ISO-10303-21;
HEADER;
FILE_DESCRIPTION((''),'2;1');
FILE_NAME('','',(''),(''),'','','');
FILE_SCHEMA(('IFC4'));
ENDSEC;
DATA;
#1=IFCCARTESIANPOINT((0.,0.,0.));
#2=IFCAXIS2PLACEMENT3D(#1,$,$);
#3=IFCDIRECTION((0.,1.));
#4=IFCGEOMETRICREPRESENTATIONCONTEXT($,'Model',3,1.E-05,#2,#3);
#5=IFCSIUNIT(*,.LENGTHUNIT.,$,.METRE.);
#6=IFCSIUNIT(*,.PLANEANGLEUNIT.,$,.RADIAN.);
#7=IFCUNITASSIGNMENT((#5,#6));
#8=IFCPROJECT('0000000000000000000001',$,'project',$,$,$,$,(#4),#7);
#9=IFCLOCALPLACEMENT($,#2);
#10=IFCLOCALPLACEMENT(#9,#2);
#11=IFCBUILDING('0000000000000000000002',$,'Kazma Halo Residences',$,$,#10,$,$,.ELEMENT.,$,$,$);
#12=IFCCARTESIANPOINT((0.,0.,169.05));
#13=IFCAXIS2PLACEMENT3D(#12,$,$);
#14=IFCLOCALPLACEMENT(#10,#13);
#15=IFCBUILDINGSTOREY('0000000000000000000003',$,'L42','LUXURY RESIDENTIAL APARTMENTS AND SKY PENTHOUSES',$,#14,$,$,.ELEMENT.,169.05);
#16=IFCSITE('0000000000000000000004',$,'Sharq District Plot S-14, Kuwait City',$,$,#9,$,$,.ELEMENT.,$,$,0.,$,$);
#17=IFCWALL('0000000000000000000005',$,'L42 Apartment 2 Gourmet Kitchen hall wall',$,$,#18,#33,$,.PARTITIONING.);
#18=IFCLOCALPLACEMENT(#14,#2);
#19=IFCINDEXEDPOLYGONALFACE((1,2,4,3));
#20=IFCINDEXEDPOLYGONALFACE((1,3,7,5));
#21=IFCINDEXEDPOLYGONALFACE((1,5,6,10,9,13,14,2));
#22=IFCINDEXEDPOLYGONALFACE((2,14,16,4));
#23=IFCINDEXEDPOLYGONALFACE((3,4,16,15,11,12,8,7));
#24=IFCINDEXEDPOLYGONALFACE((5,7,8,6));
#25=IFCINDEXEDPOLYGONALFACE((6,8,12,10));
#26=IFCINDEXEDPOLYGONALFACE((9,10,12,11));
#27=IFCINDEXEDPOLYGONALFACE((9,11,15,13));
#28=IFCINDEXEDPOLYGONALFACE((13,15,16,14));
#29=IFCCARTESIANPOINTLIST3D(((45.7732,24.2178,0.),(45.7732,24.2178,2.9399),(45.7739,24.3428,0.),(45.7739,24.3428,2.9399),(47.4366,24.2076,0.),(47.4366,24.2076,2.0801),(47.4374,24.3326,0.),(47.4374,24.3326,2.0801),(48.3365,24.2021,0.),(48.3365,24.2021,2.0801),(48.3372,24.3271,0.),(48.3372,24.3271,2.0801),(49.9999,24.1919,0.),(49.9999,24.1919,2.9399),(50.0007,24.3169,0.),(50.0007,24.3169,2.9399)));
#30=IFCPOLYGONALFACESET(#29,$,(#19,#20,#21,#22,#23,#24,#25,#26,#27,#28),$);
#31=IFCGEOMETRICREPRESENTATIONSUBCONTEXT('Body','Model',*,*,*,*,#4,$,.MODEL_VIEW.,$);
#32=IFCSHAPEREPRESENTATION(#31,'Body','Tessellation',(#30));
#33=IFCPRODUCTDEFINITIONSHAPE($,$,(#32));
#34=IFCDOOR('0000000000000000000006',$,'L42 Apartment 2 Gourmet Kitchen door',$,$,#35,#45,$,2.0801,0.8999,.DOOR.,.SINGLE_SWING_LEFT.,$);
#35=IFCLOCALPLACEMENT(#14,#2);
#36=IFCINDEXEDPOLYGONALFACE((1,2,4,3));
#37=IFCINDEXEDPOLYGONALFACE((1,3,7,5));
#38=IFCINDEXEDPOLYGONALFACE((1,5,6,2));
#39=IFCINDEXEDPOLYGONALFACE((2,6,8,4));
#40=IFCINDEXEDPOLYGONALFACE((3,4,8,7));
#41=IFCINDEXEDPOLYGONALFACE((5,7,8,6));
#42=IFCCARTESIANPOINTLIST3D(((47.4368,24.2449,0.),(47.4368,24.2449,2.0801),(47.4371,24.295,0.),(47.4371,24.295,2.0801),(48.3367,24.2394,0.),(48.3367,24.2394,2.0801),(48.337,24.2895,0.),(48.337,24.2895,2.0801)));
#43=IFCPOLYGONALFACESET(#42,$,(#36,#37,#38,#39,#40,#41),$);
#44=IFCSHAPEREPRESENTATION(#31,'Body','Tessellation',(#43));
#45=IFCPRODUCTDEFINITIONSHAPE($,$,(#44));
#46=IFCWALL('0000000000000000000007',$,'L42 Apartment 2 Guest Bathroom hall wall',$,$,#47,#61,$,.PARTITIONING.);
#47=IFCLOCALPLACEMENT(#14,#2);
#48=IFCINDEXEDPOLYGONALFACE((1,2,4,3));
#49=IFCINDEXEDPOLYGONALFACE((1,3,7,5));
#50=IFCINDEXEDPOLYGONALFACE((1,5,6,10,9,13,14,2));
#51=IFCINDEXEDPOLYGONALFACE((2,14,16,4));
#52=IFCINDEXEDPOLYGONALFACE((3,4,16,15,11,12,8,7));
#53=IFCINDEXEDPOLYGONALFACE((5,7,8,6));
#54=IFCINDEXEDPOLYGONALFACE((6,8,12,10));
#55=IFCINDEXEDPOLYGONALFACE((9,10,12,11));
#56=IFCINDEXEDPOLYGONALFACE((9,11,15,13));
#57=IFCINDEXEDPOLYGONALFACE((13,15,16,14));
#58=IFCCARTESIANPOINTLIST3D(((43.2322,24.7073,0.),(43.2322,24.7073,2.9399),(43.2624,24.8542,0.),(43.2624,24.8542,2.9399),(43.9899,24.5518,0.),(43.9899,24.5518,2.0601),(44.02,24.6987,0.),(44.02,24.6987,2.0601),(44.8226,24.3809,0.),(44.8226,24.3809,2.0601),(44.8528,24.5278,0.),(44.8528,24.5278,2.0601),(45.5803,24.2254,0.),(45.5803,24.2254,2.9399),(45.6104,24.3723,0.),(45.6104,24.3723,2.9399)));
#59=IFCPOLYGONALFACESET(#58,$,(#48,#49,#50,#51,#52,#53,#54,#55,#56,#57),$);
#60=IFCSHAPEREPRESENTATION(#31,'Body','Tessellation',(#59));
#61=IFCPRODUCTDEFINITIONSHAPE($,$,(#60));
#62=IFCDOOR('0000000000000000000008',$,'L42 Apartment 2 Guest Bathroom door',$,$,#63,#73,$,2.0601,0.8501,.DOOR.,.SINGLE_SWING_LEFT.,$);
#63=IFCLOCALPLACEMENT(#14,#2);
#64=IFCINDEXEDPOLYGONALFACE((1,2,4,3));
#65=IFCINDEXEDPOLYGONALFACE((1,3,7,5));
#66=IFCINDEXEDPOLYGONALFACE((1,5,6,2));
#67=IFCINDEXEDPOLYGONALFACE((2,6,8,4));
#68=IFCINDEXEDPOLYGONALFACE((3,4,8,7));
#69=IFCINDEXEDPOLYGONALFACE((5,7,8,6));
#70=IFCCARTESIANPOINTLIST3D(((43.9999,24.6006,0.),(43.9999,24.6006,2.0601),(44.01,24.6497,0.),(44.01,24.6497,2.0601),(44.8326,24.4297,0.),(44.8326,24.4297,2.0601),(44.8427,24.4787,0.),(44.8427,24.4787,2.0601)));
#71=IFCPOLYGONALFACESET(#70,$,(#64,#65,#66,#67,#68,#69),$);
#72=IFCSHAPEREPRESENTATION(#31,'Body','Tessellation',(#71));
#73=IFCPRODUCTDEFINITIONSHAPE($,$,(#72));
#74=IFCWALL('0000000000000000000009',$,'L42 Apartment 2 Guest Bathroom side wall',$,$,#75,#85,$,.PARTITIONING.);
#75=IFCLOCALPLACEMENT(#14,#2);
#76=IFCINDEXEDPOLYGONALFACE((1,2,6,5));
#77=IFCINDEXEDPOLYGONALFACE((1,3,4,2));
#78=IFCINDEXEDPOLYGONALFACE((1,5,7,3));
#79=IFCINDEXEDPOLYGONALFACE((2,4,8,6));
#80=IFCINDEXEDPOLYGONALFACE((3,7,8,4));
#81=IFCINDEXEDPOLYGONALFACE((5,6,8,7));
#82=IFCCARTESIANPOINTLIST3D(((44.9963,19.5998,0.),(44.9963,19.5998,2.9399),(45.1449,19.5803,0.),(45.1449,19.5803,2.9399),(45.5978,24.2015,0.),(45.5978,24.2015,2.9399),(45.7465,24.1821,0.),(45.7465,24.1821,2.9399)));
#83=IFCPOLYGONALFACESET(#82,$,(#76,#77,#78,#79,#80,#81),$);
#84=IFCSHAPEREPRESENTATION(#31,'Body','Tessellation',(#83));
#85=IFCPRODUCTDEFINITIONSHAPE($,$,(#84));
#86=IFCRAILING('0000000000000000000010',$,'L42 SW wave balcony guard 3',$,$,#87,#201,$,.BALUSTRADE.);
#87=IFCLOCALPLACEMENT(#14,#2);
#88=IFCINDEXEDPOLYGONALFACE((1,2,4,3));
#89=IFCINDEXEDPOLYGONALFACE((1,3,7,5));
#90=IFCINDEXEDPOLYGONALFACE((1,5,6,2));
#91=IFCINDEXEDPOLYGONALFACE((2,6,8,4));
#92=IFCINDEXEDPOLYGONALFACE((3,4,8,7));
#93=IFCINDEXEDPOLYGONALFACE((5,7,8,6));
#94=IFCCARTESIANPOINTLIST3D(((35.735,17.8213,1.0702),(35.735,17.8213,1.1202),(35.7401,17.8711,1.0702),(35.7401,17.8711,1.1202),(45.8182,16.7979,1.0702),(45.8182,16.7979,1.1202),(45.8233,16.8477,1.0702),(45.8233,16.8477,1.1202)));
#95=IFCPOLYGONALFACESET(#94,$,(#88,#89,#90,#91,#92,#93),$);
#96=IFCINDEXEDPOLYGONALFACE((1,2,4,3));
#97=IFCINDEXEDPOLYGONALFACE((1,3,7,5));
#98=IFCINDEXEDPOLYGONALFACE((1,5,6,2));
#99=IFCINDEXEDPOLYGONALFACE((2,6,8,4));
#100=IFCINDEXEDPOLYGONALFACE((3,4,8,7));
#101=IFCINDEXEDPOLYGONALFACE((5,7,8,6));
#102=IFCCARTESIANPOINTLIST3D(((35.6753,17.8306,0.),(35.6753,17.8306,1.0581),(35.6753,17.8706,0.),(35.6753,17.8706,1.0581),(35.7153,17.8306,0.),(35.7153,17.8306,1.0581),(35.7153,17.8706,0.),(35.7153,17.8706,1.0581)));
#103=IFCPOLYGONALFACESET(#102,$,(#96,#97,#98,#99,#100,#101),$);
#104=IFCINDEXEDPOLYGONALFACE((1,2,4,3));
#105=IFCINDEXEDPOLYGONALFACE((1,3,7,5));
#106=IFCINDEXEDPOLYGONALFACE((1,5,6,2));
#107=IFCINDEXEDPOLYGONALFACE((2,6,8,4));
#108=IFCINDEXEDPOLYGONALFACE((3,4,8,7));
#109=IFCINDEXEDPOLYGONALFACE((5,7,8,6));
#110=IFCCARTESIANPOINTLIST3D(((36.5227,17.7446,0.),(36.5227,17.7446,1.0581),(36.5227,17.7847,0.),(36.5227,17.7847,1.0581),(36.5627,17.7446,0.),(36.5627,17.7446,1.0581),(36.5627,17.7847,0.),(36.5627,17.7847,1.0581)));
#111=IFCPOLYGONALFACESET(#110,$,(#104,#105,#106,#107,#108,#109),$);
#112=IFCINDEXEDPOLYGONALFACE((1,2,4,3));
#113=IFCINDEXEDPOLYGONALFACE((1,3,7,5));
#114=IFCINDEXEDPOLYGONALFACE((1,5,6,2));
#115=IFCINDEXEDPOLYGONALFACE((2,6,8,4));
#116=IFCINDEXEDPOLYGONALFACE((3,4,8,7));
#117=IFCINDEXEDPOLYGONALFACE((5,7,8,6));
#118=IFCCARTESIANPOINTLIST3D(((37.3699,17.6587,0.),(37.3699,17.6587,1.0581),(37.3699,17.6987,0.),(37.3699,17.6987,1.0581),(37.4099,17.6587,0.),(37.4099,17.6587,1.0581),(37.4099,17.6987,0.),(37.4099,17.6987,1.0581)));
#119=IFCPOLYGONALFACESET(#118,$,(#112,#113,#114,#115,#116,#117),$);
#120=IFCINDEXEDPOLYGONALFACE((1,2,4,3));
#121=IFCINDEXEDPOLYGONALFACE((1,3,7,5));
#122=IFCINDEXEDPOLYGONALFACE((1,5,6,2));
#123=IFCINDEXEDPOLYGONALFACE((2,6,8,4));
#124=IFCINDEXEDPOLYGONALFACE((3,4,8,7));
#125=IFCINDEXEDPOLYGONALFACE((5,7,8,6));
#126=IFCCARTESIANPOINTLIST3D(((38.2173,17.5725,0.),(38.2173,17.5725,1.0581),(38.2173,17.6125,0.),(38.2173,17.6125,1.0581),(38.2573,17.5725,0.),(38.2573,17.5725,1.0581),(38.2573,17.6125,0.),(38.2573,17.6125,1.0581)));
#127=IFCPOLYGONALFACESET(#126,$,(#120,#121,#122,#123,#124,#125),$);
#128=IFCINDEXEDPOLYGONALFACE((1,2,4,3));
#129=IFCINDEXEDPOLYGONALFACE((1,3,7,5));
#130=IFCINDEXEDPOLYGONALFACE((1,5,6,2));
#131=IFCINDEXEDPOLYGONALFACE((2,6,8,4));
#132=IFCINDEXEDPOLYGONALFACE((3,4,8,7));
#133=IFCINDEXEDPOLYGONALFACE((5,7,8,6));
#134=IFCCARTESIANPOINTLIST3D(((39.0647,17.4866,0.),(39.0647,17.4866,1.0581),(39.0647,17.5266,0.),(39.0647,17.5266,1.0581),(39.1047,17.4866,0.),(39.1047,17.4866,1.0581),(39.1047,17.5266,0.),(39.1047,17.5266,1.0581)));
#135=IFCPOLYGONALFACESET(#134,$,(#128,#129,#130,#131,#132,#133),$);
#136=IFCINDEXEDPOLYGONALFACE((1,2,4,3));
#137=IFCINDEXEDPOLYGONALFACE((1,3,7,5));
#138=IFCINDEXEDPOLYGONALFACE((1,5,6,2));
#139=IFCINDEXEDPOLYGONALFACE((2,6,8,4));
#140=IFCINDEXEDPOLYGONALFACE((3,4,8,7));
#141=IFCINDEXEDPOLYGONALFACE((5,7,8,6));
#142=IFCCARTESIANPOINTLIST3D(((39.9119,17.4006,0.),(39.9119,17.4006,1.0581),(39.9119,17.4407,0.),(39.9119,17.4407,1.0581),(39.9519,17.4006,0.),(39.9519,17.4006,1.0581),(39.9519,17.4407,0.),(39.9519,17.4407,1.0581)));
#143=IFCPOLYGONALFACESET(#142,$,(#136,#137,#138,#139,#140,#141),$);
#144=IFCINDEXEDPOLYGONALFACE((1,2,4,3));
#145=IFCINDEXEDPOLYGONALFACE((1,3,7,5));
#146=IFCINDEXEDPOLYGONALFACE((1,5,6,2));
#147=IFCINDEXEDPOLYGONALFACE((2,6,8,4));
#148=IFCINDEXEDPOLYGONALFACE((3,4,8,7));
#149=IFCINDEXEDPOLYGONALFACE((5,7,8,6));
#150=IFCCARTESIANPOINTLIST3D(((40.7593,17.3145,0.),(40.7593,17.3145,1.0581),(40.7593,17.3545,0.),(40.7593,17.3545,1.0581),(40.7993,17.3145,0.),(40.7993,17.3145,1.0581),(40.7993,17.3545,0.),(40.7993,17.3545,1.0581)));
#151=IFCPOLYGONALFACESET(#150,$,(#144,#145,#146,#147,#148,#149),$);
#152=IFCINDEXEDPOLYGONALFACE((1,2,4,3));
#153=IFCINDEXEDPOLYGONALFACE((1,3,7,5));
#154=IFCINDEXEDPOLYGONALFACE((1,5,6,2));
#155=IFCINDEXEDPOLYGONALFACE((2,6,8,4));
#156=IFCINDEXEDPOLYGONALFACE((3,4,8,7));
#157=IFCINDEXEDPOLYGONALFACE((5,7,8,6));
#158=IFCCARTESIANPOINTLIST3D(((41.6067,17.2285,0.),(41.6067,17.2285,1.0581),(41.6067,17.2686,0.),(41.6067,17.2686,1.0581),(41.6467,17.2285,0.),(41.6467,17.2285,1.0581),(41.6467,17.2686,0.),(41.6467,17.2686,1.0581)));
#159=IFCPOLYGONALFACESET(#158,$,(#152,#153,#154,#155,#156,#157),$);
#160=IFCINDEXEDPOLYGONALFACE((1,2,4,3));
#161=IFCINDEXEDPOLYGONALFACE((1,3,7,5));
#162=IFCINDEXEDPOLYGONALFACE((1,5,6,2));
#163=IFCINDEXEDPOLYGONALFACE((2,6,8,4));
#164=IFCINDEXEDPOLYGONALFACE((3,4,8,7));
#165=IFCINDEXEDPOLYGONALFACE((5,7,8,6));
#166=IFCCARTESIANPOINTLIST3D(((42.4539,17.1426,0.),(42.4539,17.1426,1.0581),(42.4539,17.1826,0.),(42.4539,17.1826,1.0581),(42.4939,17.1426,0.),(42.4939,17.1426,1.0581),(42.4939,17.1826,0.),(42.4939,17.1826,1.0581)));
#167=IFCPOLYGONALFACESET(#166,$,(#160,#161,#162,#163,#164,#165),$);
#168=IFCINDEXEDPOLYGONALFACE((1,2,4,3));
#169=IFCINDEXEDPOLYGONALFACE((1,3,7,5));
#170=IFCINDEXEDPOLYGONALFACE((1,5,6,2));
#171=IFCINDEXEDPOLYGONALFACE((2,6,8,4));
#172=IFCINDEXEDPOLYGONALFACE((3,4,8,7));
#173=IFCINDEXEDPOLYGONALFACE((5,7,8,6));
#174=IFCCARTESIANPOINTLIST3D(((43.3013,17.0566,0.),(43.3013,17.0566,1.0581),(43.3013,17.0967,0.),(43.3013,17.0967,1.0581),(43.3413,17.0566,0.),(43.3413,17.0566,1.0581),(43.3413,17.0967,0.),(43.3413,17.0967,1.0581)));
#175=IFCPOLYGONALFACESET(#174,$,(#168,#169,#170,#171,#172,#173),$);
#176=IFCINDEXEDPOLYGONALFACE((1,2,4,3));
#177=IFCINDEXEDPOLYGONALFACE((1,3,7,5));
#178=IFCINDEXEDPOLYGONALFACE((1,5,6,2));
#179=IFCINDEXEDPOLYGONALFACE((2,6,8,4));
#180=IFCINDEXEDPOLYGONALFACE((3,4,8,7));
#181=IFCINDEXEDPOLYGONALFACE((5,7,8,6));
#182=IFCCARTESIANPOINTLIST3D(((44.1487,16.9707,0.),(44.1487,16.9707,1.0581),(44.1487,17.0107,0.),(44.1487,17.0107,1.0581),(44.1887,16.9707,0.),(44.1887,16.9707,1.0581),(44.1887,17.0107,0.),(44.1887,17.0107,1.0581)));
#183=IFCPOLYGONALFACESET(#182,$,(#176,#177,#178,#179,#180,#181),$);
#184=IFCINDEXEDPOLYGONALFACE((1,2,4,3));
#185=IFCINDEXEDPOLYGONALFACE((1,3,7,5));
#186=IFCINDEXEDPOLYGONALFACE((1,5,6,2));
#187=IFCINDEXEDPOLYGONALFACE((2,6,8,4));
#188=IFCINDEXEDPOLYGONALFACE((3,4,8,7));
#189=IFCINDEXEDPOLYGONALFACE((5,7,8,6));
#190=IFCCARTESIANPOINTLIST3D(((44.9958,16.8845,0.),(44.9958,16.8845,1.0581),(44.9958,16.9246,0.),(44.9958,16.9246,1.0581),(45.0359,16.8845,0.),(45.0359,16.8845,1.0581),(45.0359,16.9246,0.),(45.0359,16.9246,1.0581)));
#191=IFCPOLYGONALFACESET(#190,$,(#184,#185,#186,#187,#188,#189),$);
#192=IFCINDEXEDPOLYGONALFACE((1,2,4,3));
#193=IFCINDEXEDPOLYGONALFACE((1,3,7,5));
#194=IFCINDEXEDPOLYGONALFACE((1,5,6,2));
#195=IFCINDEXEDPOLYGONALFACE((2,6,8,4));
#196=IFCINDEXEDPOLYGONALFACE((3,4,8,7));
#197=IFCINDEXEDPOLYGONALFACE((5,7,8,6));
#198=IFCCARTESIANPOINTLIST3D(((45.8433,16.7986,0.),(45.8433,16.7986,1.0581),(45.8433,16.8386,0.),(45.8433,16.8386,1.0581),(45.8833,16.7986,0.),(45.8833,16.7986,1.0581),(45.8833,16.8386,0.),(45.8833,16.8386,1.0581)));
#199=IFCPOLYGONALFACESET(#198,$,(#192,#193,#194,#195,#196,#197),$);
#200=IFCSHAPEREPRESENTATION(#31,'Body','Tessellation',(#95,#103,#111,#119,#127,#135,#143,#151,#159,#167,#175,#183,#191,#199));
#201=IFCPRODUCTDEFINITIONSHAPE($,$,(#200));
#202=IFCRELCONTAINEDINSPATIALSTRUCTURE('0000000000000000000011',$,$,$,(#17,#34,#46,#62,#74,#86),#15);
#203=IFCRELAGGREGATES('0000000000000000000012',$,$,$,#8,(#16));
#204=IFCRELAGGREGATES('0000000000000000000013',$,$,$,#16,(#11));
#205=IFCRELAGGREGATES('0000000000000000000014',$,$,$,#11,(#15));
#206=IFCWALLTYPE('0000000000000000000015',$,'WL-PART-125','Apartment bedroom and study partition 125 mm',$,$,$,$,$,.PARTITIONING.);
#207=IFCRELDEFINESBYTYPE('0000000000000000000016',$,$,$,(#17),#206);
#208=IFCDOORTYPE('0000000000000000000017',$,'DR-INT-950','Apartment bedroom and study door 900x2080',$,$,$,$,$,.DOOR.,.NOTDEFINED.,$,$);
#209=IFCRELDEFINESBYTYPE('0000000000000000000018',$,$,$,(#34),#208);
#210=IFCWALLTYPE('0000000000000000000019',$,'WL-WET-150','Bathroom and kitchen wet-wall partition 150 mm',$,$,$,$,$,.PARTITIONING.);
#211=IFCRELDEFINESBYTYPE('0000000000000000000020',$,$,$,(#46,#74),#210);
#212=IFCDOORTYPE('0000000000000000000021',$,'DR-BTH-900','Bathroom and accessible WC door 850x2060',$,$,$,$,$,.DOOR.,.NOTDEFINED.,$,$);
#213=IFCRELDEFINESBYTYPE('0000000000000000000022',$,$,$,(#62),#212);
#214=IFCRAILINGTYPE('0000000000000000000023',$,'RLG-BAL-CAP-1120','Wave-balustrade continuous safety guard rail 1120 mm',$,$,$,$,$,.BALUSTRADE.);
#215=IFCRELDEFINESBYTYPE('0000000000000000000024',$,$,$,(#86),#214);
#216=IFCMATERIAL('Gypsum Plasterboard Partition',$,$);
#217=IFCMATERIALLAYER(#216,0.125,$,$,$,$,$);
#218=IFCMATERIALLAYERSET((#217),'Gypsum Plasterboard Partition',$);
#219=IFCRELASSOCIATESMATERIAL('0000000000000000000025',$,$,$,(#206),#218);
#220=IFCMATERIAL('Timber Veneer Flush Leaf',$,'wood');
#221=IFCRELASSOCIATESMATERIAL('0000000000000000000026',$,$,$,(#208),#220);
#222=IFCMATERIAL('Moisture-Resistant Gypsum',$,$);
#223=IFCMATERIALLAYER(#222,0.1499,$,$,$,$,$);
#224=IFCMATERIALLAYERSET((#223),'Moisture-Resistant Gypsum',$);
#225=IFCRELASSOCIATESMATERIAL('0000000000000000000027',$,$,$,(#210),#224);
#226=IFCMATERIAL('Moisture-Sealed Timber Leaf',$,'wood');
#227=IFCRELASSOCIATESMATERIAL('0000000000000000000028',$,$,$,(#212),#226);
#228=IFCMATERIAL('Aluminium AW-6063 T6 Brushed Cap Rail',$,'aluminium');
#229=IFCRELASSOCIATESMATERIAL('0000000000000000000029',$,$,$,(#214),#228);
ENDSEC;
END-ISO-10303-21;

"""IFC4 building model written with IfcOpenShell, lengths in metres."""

from ifc_helpers import new_model, si_unit, direction, frame, frame_2d, origin, origin_2d, place, context, subcontext, project, spatial, rectangle, extrude, material, layer, layer_set, type_object, element, fill, save


model = new_model("IFC4")

# Units and contexts
model_context = context("Model", 3, precision=1e-05, world=origin(), true_north=direction((0.0, 1.0)))
body_context = subcontext(model_context, "Body", "Model", "MODEL_VIEW")
ifc_project = project(units=[si_unit("LENGTHUNIT", "METRE"), si_unit("PLANEANGLEUNIT", "RADIAN")], contexts=[model_context])

# Site, building, storey
site_placement = place(None, origin())
site = spatial("IfcSite", under=ifc_project, at=site_placement, Name="Sharq District Plot S-14, Kuwait City", CompositionType="ELEMENT", RefElevation=0.0)
building_placement = place(site_placement, origin())
building = spatial("IfcBuilding", under=site, at=building_placement, Name="Kazma Halo Residences", CompositionType="ELEMENT")
storey_placement = place(building_placement, frame((0.0, 0.0, 169.05)))
storey = spatial("IfcBuildingStorey", under=building, at=storey_placement, Name="L42", Description="LUXURY RESIDENTIAL APARTMENTS AND SKY PENTHOUSES", CompositionType="ELEMENT", Elevation=169.05)

# Shared definitions
ifc_material_1 = material(Name="Gypsum Plasterboard Partition")
ifc_layer_1 = layer(ifc_material_1, 0.125)
ifc_layer_set_1 = layer_set([ifc_layer_1], Name="Gypsum Plasterboard Partition")
wall_type_1 = type_object("IfcWallType", Name="WL-PART-125", Description="Apartment bedroom and study partition 125 mm", PredefinedType="PARTITIONING", material=ifc_layer_set_1)

# Walls, openings, doors
ifc_material_2 = material(Name="Timber Veneer Flush Leaf", Category="wood")
door_type_1 = type_object("IfcDoorType", Name="DR-INT-950", Description="Apartment bedroom and study door 900x2080", OperationType="NOTDEFINED", PredefinedType="DOOR", material=ifc_material_2)
wall_1_placement = place(storey_placement, frame((45.7737, 24.2803, 0.0), z_axis=(0.0, 0.0, 1.0), x_axis=(0.999981, -0.006122, 0.0)))
wall_1 = element("IfcWall", 1, at=wall_1_placement, inside=storey, type_object=wall_type_1, Name="L42 Apartment 2 Gourmet Kitchen hall wall", PredefinedType="PARTITIONING", context=body_context, shape_type="SweptSolid", body=[
    extrude(rectangle(XDim=4.2268, YDim=0.125, at=frame_2d((2.1133, 0.0))), origin(), (0.0, 0.0, 1.0), 2.9399),
])
opening_1_placement = place(wall_1_placement, frame((1.6633, 0.0, 0.0)))
opening_1 = element("IfcOpeningElement", 2, at=opening_1_placement, cuts=wall_1, PredefinedType="OPENING", context=body_context, shape_type="SweptSolid", body=[
    extrude(rectangle(XDim=0.8999, YDim=2.0801, at=frame_2d((0.45, 1.04))), frame((0.0, 0.0725, 0.0), z_axis=(0.0, -1.0, 0.0), x_axis=(1.0, 0.0, 0.0)), (0.0, 0.0, 1.0), 0.145),
])
door_1_placement = place(opening_1_placement, origin())
door_1 = element("IfcDoor", 3, at=door_1_placement, inside=storey, type_object=door_type_1, Name="L42 Apartment 2 Gourmet Kitchen door", OperationType="SINGLE_SWING_LEFT", OverallHeight=2.0801, OverallWidth=0.8999, PredefinedType="DOOR", context=body_context, shape_type="SweptSolid", body=[
    extrude(rectangle(XDim=0.8999, YDim=2.0801, at=frame_2d((0.45, 1.04))), frame((0.0, 0.0249, 0.0), z_axis=(0.0, -1.0, 0.0), x_axis=(1.0, 0.0, 0.0)), (0.0, 0.0, 1.0), 0.05),
])
fill(opening_1, door_1)
ifc_material_3 = material(Name="Moisture-Resistant Gypsum")
ifc_layer_2 = layer(ifc_material_3, 0.1499)
ifc_layer_set_2 = layer_set([ifc_layer_2], Name="Moisture-Resistant Gypsum")
wall_type_2 = type_object("IfcWallType", Name="WL-WET-150", Description="Bathroom and kitchen wet-wall partition 150 mm", PredefinedType="PARTITIONING", material=ifc_layer_set_2)
wall_2_placement = place(storey_placement, frame((43.2473, 24.7808, 0.0), z_axis=(0.0, 0.0, 1.0), x_axis=(0.979581, -0.201049, 0.0)))
wall_2 = element("IfcWall", 4, at=wall_2_placement, inside=storey, type_object=wall_type_2, Name="L42 Apartment 2 Guest Bathroom hall wall", PredefinedType="PARTITIONING", context=body_context, shape_type="SweptSolid", body=[
    extrude(rectangle(XDim=2.397, YDim=0.1499, at=frame_2d((1.1985, 0.0))), origin(), (0.0, 0.0, 1.0), 2.9399),
])
opening_2_placement = place(wall_2_placement, frame((0.7734, 0.0, 0.0)))
opening_2 = element("IfcOpeningElement", 5, at=opening_2_placement, cuts=wall_2, PredefinedType="OPENING", context=body_context, shape_type="SweptSolid", body=[
    extrude(rectangle(XDim=0.8501, YDim=2.0601, at=frame_2d((0.425, 1.03))), frame((0.0, 0.085, 0.0), z_axis=(0.0, -1.0, 0.0), x_axis=(1.0, 0.0, 0.0)), (0.0, 0.0, 1.0), 0.1699),
])
ifc_material_4 = material(Name="Moisture-Sealed Timber Leaf", Category="wood")
door_type_2 = type_object("IfcDoorType", Name="DR-BTH-900", Description="Bathroom and accessible WC door 850x2060", OperationType="NOTDEFINED", PredefinedType="DOOR", material=ifc_material_4)
door_2_placement = place(opening_2_placement, origin())
door_2 = element("IfcDoor", 6, at=door_2_placement, inside=storey, type_object=door_type_2, Name="L42 Apartment 2 Guest Bathroom door", OperationType="SINGLE_SWING_LEFT", OverallHeight=2.0601, OverallWidth=0.8501, PredefinedType="DOOR", context=body_context, shape_type="SweptSolid", body=[
    extrude(rectangle(XDim=0.8501, YDim=2.0601, at=frame_2d((0.425, 1.03))), frame((0.0, 0.0249, 0.0), z_axis=(0.0, -1.0, 0.0), x_axis=(1.0, 0.0, 0.0)), (0.0, 0.0, 1.0), 0.05),
])
fill(opening_2, door_2)

# Wall
wall_3_placement = place(storey_placement, frame((45.6721, 24.1917, 0.0), z_axis=(0.0, 0.0, 1.0), x_axis=(-0.12962, -0.991564, 0.0)))
element("IfcWall", 7, at=wall_3_placement, inside=storey, type_object=wall_type_2, Name="L42 Apartment 2 Guest Bathroom side wall", PredefinedType="PARTITIONING", context=body_context, shape_type="SweptSolid", body=[
    extrude(rectangle(XDim=4.6409, YDim=0.1499, at=frame_2d((2.3203, 0.0))), origin(), (0.0, 0.0, 1.0), 2.9399),
])

# Railing
ifc_material_5 = material(Name="Aluminium AW-6063 T6 Brushed Cap Rail", Category="aluminium")
railing_type = type_object("IfcRailingType", Name="RLG-BAL-CAP-1120", Description="Wave-balustrade continuous safety guard rail 1120 mm", PredefinedType="BALUSTRADE", material=ifc_material_5)
railing_1_placement = place(storey_placement, frame((35.6953, 17.8506, 0.0)))
element("IfcRailing", 8, at=railing_1_placement, inside=storey, type_object=railing_type, Name="L42 SW wave balcony guard 3", PredefinedType="BALUSTRADE", context=body_context, shape_type="SweptSolid", body=[
    extrude(rectangle(XDim=0.05, YDim=0.05, at=origin_2d()), frame((0.0422, -0.0044, 1.0952), z_axis=(0.994889, -0.100975, 0.0), x_axis=(0.100975, 0.994889, 0.0)), (0.0, 0.0, 1.0), 10.135),
    extrude(rectangle(XDim=0.04, YDim=0.04, at=origin_2d()), origin(), (0.0, 0.0, 1.0), 1.0581),
    extrude(rectangle(XDim=0.04, YDim=0.04, at=origin_2d()), frame((0.8474, -0.0859, 0.0)), (0.0, 0.0, 1.0), 1.0581),
    extrude(rectangle(XDim=0.04, YDim=0.04, at=origin_2d()), frame((1.6946, -0.1719, 0.0)), (0.0, 0.0, 1.0), 1.0581),
    extrude(rectangle(XDim=0.04, YDim=0.04, at=origin_2d()), frame((2.542, -0.2581, 0.0)), (0.0, 0.0, 1.0), 1.0581),
    extrude(rectangle(XDim=0.04, YDim=0.04, at=origin_2d()), frame((3.3894, -0.344, 0.0)), (0.0, 0.0, 1.0), 1.0581),
    extrude(rectangle(XDim=0.04, YDim=0.04, at=origin_2d()), frame((4.2366, -0.4299, 0.0)), (0.0, 0.0, 1.0), 1.0581),
    extrude(rectangle(XDim=0.04, YDim=0.04, at=origin_2d()), frame((5.084, -0.5161, 0.0)), (0.0, 0.0, 1.0), 1.0581),
    extrude(rectangle(XDim=0.04, YDim=0.04, at=origin_2d()), frame((5.9314, -0.6021, 0.0)), (0.0, 0.0, 1.0), 1.0581),
    extrude(rectangle(XDim=0.04, YDim=0.04, at=origin_2d()), frame((6.7786, -0.688, 0.0)), (0.0, 0.0, 1.0), 1.0581),
    extrude(rectangle(XDim=0.04, YDim=0.04, at=origin_2d()), frame((7.626, -0.7739, 0.0)), (0.0, 0.0, 1.0), 1.0581),
    extrude(rectangle(XDim=0.04, YDim=0.04, at=origin_2d()), frame((8.4734, -0.8599, 0.0)), (0.0, 0.0, 1.0), 1.0581),
    extrude(rectangle(XDim=0.04, YDim=0.04, at=origin_2d()), frame((9.3206, -0.946, 0.0)), (0.0, 0.0, 1.0), 1.0581),
    extrude(rectangle(XDim=0.04, YDim=0.04, at=origin_2d()), frame((10.168, -1.032, 0.0)), (0.0, 0.0, 1.0), 1.0581),
])

save(model, "model.ifc")
